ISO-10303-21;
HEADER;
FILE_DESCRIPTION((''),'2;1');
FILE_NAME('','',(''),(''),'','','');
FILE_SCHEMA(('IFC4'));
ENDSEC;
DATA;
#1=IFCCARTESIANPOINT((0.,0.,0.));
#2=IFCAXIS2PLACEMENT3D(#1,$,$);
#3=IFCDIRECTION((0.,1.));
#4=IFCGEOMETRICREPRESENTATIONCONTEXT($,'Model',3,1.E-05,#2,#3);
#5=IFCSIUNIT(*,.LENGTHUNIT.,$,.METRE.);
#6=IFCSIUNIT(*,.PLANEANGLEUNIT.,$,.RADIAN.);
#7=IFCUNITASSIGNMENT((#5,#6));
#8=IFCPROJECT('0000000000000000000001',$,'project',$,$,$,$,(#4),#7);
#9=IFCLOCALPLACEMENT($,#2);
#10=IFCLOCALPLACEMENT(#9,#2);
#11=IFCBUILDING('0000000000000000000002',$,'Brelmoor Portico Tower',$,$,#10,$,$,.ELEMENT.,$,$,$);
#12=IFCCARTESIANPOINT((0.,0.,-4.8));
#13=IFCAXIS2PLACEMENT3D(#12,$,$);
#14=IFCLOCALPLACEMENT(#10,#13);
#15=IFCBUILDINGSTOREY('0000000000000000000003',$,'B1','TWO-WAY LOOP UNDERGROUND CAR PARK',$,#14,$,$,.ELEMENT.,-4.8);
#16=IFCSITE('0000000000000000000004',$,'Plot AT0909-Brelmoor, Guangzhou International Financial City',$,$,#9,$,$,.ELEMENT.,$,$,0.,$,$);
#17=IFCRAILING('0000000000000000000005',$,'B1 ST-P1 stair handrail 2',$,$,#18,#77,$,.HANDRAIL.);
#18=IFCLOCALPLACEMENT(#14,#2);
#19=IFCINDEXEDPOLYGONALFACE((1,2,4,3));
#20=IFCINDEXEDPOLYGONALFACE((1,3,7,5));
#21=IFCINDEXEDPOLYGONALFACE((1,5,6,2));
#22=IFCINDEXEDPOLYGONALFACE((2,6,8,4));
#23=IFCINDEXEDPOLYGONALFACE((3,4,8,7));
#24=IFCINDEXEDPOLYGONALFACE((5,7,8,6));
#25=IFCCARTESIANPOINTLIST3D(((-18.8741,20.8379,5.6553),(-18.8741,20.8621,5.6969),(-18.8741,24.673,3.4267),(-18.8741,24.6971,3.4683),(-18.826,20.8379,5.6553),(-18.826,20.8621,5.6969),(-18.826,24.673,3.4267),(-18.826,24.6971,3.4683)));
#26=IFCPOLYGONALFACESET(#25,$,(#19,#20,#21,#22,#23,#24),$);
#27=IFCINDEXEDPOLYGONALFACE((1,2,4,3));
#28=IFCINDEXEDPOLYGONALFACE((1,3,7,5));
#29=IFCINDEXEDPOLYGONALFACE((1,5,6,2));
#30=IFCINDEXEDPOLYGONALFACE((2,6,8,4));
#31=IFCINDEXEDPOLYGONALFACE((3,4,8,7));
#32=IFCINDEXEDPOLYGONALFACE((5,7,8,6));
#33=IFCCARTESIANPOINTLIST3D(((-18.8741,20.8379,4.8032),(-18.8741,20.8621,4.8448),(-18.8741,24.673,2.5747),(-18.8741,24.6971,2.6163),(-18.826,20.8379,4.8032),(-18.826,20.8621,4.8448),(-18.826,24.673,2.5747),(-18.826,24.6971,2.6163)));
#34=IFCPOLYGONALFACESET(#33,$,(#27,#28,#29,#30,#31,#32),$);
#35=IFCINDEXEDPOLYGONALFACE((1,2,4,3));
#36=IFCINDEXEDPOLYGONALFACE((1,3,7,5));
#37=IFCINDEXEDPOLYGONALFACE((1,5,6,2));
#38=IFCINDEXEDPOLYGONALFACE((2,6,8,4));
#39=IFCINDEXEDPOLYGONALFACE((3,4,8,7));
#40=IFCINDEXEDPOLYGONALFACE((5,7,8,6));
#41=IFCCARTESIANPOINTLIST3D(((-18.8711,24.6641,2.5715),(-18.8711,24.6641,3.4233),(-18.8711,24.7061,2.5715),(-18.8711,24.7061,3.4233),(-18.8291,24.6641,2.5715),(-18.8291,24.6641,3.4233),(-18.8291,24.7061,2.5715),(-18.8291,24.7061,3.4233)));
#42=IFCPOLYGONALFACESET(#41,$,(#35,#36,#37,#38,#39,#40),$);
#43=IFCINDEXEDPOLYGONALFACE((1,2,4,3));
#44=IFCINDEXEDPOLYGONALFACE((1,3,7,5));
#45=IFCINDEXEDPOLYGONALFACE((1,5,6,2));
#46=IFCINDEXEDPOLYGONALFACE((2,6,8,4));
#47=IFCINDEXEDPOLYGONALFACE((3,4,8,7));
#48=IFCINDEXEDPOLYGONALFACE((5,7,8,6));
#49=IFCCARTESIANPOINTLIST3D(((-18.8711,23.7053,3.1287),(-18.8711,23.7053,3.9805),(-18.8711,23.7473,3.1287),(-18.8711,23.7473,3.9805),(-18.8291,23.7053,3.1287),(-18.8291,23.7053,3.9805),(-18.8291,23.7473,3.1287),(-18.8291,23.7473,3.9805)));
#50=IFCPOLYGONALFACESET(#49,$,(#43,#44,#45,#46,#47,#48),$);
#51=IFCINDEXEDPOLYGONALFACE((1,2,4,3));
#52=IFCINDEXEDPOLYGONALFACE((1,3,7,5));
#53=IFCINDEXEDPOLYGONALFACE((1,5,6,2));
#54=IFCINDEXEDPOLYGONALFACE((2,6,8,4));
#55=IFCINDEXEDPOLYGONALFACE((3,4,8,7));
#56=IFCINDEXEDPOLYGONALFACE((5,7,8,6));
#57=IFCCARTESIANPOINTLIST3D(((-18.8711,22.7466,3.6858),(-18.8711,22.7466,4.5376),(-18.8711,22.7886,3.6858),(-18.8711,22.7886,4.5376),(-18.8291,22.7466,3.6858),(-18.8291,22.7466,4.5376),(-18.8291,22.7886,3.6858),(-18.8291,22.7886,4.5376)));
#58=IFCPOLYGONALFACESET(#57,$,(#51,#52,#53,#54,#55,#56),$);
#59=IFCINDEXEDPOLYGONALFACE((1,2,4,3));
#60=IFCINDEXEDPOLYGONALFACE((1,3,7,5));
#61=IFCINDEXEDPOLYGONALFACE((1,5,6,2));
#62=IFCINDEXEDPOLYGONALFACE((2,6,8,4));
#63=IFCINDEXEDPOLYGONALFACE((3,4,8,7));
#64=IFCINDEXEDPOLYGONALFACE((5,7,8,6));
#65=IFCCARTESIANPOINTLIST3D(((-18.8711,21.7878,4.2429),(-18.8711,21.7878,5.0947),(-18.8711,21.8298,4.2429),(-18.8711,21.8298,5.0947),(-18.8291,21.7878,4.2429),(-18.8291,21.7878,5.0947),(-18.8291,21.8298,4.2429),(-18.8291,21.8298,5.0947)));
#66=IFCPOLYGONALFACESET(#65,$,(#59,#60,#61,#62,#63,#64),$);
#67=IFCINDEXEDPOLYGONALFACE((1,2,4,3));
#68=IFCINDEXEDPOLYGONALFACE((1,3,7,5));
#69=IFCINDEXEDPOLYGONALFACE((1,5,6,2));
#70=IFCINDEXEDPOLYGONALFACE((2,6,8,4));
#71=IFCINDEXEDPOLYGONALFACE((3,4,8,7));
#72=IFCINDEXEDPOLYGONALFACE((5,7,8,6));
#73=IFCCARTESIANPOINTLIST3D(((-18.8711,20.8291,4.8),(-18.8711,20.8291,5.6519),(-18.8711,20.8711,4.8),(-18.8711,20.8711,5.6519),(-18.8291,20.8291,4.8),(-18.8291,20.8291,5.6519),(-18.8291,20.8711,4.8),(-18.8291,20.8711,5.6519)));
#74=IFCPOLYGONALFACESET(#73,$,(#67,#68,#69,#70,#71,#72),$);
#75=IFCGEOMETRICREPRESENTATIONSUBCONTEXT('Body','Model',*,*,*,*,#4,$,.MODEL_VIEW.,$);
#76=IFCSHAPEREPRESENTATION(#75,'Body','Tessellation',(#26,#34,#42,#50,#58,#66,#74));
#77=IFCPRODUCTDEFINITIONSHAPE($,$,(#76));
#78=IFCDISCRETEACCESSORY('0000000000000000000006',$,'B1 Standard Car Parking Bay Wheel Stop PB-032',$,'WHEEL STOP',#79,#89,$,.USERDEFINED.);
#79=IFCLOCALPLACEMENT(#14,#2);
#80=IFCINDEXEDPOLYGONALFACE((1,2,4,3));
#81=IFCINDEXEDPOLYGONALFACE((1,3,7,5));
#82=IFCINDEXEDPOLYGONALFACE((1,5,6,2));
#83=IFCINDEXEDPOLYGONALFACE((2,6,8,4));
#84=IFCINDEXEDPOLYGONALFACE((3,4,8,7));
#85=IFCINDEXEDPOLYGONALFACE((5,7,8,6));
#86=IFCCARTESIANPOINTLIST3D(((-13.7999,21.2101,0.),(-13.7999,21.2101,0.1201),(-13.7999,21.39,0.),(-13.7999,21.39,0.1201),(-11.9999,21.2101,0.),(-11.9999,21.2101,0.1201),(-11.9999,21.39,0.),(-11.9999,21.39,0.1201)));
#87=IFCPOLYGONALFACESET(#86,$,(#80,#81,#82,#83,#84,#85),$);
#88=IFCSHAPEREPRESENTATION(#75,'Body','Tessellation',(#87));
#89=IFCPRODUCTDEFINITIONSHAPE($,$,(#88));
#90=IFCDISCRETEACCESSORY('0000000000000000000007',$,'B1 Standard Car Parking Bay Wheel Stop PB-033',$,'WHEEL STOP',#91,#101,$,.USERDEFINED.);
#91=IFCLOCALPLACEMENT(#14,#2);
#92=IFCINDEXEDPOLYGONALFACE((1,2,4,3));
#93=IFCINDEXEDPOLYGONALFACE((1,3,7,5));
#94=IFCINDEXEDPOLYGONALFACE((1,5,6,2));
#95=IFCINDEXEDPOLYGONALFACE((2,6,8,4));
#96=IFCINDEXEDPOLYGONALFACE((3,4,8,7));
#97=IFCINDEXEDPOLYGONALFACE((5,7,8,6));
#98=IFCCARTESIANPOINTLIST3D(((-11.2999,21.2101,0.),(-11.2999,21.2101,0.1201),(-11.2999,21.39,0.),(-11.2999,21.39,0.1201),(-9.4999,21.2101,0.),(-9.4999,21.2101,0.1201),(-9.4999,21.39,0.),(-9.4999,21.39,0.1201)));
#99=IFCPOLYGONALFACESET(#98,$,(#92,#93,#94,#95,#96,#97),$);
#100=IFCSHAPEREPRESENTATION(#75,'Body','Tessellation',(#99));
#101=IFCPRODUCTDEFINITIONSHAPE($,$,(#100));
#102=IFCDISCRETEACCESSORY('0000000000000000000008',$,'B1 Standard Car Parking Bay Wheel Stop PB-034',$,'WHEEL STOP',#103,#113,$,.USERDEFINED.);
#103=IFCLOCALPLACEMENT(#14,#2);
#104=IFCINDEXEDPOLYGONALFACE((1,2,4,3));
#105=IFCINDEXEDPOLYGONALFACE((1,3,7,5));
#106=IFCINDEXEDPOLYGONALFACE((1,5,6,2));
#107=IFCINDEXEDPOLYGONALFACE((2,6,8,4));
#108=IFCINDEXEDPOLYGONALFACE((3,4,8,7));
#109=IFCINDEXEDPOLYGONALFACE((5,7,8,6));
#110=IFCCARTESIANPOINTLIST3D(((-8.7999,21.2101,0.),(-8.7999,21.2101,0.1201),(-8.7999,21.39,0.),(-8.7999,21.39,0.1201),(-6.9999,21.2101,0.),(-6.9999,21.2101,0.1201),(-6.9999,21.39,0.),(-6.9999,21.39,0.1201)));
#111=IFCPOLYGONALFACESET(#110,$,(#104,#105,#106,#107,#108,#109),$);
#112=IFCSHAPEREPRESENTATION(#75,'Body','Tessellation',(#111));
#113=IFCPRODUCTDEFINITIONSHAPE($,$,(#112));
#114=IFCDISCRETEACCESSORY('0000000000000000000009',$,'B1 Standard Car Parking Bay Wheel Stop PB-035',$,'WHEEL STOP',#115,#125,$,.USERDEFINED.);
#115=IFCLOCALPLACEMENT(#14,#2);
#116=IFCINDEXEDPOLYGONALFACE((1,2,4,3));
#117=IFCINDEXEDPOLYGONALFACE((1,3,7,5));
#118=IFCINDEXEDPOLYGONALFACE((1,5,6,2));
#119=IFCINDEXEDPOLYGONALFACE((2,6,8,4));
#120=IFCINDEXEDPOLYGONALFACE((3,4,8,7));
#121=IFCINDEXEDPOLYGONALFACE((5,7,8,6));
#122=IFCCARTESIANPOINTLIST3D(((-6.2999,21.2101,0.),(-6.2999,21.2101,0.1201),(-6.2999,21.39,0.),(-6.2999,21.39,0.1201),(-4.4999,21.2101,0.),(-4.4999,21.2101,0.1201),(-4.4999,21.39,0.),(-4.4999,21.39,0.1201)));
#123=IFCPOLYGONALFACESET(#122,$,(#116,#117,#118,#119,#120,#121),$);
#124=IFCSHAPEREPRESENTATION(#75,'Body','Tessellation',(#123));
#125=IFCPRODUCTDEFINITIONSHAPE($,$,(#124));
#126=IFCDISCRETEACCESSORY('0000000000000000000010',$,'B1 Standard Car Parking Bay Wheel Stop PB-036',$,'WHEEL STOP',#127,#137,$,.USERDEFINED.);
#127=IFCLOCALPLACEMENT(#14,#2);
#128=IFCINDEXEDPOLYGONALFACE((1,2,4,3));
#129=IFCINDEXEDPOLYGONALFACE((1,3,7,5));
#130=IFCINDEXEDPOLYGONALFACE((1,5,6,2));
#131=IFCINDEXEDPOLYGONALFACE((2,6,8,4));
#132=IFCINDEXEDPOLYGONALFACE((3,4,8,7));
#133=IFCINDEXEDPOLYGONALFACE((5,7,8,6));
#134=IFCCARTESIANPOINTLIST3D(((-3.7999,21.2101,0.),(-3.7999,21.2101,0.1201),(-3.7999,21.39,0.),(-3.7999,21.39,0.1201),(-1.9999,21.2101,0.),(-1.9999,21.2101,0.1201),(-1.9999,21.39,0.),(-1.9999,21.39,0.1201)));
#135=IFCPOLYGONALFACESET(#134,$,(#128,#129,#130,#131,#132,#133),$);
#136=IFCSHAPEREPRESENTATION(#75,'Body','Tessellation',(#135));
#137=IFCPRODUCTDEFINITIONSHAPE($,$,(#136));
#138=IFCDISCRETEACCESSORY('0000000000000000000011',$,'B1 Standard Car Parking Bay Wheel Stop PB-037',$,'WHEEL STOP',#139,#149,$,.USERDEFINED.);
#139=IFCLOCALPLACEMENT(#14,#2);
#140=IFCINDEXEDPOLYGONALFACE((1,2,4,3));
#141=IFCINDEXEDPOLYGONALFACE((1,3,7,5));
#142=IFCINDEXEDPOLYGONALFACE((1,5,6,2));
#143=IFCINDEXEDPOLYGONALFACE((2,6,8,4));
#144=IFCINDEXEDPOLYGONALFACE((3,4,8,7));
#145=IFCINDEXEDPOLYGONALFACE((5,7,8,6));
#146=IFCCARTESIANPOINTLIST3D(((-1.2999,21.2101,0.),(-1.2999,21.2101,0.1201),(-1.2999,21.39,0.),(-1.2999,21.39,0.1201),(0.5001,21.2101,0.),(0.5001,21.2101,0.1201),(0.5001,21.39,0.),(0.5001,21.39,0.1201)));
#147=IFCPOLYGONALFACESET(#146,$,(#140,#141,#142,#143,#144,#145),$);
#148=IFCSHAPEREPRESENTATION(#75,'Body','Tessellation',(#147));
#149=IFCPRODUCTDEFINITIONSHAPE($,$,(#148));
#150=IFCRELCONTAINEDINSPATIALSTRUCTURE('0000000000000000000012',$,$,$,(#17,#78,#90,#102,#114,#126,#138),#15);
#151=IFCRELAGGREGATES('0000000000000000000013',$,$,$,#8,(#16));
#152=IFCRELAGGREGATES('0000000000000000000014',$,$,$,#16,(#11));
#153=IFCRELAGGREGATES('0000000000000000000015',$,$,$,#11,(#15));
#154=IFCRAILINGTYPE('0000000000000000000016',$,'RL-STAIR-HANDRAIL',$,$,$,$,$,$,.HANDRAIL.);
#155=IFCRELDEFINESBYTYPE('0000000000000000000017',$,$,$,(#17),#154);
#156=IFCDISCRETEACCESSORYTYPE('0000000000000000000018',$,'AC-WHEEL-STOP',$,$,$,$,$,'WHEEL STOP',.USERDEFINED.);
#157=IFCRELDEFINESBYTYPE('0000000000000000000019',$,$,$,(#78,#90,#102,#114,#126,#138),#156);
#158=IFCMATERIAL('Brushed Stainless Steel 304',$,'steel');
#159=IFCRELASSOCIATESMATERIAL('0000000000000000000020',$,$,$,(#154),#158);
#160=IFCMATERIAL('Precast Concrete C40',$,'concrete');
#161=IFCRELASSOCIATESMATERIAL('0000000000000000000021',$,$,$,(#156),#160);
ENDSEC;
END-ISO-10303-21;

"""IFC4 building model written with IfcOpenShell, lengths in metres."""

from ifc_helpers import new_model, si_unit, direction, frame, origin, origin_2d, place, context, subcontext, project, spatial, rectangle, extrude, material, type_object, element, save


model = new_model("IFC4")

# Units and contexts
model_context = context("Model", 3, precision=1e-05, world=origin(), true_north=direction((0.0, 1.0)))
body_context = subcontext(model_context, "Body", "Model", "MODEL_VIEW")
ifc_project = project(units=[si_unit("LENGTHUNIT", "METRE"), si_unit("PLANEANGLEUNIT", "RADIAN")], contexts=[model_context])

# Site, building, storey
site_placement = place(None, origin())
site = spatial("IfcSite", under=ifc_project, at=site_placement, Name="Plot AT0909-Brelmoor, Guangzhou International Financial City", CompositionType="ELEMENT", RefElevation=0.0)
building_placement = place(site_placement, origin())
building = spatial("IfcBuilding", under=site, at=building_placement, Name="Brelmoor Portico Tower", CompositionType="ELEMENT")
storey_placement = place(building_placement, frame((0.0, 0.0, -4.8)))
storey = spatial("IfcBuildingStorey", under=building, at=storey_placement, Name="B1", Description="TWO-WAY LOOP UNDERGROUND CAR PARK", CompositionType="ELEMENT", Elevation=-4.8)

# Railing
ifc_material_1 = material(Name="Brushed Stainless Steel 304", Category="steel")
railing_type_1 = type_object("IfcRailingType", Name="RL-STAIR-HANDRAIL", PredefinedType="HANDRAIL", material=ifc_material_1)
railing_1_placement = place(storey_placement, frame((-18.8501, 24.6851, 2.5715)))
element("IfcRailing", 1, at=railing_1_placement, inside=storey, type_object=railing_type_1, Name="B1 ST-P1 stair handrail 2", PredefinedType="HANDRAIL", context=body_context, shape_type="SweptSolid", body=[
    extrude(rectangle(XDim=0.0481, YDim=0.0481, at=origin_2d()), frame((0.0, 0.0, 0.876), z_axis=(0.0, -0.864616, 0.502433), x_axis=(1.0, 0.0, 0.0)), (0.0, 0.0, 1.0), 4.4355),
    extrude(rectangle(XDim=0.0481, YDim=0.0481, at=origin_2d()), frame((0.0, 0.0, 0.0239), z_axis=(0.0, -0.864616, 0.502433), x_axis=(1.0, 0.0, 0.0)), (0.0, 0.0, 1.0), 4.4355),
    extrude(rectangle(XDim=0.042, YDim=0.042, at=origin_2d()), origin(), (0.0, 0.0, 1.0), 0.8518),
    extrude(rectangle(XDim=0.042, YDim=0.042, at=origin_2d()), frame((0.0, -0.9587, 0.5571)), (0.0, 0.0, 1.0), 0.8518),
    extrude(rectangle(XDim=0.042, YDim=0.042, at=origin_2d()), frame((0.0, -1.9175, 1.1143)), (0.0, 0.0, 1.0), 0.8518),
    extrude(rectangle(XDim=0.042, YDim=0.042, at=origin_2d()), frame((0.0, -2.8762, 1.6714)), (0.0, 0.0, 1.0), 0.8518),
    extrude(rectangle(XDim=0.042, YDim=0.042, at=origin_2d()), frame((0.0, -3.835, 2.2285)), (0.0, 0.0, 1.0), 0.8518),
])

# Discrete accessories
ifc_material_2 = material(Name="Precast Concrete C40", Category="concrete")
discrete_accessory_type = type_object("IfcDiscreteAccessoryType", Name="AC-WHEEL-STOP", ElementType="WHEEL STOP", PredefinedType="USERDEFINED", material=ifc_material_2)
for number, where, z_axis, x_axis, name in (
    (2, (-12.8999, 21.3, 0.0), (0.0, 0.0, 1.0), (1.0, 0.0, 0.0), "B1 Standard Car Parking Bay Wheel Stop PB-032"),
    (3, (-10.3999, 21.3, 0.0), (0.0, 0.0, 1.0), (1.0, 0.0, 0.0), "B1 Standard Car Parking Bay Wheel Stop PB-033"),
    (4, (-7.8999, 21.3, 0.0), (0.0, 0.0, 1.0), (1.0, 0.0, 0.0), "B1 Standard Car Parking Bay Wheel Stop PB-034"),
    (5, (-5.3999, 21.3, 0.0), (0.0, 0.0, 1.0), (1.0, 0.0, 0.0), "B1 Standard Car Parking Bay Wheel Stop PB-035"),
    (6, (-2.8999, 21.3, 0.0), (0.0, 0.0, 1.0), (1.0, 0.0, 0.0), "B1 Standard Car Parking Bay Wheel Stop PB-036"),
    (7, (-0.3999, 21.3, 0.0), (0.0, 0.0, 1.0), (1.0, 0.0, 0.0), "B1 Standard Car Parking Bay Wheel Stop PB-037"),
):
    element("IfcDiscreteAccessory", number, at=place(storey_placement, frame(where, z_axis=z_axis, x_axis=x_axis)), inside=storey, type_object=discrete_accessory_type, Name=name, ObjectType="WHEEL STOP", PredefinedType="USERDEFINED", context=body_context, shape_type="SweptSolid", body=[
        extrude(rectangle(XDim=1.8, YDim=0.1799, at=origin_2d()), origin(), (0.0, 0.0, 1.0), 0.1201),
    ])

save(model, "model.ifc")
